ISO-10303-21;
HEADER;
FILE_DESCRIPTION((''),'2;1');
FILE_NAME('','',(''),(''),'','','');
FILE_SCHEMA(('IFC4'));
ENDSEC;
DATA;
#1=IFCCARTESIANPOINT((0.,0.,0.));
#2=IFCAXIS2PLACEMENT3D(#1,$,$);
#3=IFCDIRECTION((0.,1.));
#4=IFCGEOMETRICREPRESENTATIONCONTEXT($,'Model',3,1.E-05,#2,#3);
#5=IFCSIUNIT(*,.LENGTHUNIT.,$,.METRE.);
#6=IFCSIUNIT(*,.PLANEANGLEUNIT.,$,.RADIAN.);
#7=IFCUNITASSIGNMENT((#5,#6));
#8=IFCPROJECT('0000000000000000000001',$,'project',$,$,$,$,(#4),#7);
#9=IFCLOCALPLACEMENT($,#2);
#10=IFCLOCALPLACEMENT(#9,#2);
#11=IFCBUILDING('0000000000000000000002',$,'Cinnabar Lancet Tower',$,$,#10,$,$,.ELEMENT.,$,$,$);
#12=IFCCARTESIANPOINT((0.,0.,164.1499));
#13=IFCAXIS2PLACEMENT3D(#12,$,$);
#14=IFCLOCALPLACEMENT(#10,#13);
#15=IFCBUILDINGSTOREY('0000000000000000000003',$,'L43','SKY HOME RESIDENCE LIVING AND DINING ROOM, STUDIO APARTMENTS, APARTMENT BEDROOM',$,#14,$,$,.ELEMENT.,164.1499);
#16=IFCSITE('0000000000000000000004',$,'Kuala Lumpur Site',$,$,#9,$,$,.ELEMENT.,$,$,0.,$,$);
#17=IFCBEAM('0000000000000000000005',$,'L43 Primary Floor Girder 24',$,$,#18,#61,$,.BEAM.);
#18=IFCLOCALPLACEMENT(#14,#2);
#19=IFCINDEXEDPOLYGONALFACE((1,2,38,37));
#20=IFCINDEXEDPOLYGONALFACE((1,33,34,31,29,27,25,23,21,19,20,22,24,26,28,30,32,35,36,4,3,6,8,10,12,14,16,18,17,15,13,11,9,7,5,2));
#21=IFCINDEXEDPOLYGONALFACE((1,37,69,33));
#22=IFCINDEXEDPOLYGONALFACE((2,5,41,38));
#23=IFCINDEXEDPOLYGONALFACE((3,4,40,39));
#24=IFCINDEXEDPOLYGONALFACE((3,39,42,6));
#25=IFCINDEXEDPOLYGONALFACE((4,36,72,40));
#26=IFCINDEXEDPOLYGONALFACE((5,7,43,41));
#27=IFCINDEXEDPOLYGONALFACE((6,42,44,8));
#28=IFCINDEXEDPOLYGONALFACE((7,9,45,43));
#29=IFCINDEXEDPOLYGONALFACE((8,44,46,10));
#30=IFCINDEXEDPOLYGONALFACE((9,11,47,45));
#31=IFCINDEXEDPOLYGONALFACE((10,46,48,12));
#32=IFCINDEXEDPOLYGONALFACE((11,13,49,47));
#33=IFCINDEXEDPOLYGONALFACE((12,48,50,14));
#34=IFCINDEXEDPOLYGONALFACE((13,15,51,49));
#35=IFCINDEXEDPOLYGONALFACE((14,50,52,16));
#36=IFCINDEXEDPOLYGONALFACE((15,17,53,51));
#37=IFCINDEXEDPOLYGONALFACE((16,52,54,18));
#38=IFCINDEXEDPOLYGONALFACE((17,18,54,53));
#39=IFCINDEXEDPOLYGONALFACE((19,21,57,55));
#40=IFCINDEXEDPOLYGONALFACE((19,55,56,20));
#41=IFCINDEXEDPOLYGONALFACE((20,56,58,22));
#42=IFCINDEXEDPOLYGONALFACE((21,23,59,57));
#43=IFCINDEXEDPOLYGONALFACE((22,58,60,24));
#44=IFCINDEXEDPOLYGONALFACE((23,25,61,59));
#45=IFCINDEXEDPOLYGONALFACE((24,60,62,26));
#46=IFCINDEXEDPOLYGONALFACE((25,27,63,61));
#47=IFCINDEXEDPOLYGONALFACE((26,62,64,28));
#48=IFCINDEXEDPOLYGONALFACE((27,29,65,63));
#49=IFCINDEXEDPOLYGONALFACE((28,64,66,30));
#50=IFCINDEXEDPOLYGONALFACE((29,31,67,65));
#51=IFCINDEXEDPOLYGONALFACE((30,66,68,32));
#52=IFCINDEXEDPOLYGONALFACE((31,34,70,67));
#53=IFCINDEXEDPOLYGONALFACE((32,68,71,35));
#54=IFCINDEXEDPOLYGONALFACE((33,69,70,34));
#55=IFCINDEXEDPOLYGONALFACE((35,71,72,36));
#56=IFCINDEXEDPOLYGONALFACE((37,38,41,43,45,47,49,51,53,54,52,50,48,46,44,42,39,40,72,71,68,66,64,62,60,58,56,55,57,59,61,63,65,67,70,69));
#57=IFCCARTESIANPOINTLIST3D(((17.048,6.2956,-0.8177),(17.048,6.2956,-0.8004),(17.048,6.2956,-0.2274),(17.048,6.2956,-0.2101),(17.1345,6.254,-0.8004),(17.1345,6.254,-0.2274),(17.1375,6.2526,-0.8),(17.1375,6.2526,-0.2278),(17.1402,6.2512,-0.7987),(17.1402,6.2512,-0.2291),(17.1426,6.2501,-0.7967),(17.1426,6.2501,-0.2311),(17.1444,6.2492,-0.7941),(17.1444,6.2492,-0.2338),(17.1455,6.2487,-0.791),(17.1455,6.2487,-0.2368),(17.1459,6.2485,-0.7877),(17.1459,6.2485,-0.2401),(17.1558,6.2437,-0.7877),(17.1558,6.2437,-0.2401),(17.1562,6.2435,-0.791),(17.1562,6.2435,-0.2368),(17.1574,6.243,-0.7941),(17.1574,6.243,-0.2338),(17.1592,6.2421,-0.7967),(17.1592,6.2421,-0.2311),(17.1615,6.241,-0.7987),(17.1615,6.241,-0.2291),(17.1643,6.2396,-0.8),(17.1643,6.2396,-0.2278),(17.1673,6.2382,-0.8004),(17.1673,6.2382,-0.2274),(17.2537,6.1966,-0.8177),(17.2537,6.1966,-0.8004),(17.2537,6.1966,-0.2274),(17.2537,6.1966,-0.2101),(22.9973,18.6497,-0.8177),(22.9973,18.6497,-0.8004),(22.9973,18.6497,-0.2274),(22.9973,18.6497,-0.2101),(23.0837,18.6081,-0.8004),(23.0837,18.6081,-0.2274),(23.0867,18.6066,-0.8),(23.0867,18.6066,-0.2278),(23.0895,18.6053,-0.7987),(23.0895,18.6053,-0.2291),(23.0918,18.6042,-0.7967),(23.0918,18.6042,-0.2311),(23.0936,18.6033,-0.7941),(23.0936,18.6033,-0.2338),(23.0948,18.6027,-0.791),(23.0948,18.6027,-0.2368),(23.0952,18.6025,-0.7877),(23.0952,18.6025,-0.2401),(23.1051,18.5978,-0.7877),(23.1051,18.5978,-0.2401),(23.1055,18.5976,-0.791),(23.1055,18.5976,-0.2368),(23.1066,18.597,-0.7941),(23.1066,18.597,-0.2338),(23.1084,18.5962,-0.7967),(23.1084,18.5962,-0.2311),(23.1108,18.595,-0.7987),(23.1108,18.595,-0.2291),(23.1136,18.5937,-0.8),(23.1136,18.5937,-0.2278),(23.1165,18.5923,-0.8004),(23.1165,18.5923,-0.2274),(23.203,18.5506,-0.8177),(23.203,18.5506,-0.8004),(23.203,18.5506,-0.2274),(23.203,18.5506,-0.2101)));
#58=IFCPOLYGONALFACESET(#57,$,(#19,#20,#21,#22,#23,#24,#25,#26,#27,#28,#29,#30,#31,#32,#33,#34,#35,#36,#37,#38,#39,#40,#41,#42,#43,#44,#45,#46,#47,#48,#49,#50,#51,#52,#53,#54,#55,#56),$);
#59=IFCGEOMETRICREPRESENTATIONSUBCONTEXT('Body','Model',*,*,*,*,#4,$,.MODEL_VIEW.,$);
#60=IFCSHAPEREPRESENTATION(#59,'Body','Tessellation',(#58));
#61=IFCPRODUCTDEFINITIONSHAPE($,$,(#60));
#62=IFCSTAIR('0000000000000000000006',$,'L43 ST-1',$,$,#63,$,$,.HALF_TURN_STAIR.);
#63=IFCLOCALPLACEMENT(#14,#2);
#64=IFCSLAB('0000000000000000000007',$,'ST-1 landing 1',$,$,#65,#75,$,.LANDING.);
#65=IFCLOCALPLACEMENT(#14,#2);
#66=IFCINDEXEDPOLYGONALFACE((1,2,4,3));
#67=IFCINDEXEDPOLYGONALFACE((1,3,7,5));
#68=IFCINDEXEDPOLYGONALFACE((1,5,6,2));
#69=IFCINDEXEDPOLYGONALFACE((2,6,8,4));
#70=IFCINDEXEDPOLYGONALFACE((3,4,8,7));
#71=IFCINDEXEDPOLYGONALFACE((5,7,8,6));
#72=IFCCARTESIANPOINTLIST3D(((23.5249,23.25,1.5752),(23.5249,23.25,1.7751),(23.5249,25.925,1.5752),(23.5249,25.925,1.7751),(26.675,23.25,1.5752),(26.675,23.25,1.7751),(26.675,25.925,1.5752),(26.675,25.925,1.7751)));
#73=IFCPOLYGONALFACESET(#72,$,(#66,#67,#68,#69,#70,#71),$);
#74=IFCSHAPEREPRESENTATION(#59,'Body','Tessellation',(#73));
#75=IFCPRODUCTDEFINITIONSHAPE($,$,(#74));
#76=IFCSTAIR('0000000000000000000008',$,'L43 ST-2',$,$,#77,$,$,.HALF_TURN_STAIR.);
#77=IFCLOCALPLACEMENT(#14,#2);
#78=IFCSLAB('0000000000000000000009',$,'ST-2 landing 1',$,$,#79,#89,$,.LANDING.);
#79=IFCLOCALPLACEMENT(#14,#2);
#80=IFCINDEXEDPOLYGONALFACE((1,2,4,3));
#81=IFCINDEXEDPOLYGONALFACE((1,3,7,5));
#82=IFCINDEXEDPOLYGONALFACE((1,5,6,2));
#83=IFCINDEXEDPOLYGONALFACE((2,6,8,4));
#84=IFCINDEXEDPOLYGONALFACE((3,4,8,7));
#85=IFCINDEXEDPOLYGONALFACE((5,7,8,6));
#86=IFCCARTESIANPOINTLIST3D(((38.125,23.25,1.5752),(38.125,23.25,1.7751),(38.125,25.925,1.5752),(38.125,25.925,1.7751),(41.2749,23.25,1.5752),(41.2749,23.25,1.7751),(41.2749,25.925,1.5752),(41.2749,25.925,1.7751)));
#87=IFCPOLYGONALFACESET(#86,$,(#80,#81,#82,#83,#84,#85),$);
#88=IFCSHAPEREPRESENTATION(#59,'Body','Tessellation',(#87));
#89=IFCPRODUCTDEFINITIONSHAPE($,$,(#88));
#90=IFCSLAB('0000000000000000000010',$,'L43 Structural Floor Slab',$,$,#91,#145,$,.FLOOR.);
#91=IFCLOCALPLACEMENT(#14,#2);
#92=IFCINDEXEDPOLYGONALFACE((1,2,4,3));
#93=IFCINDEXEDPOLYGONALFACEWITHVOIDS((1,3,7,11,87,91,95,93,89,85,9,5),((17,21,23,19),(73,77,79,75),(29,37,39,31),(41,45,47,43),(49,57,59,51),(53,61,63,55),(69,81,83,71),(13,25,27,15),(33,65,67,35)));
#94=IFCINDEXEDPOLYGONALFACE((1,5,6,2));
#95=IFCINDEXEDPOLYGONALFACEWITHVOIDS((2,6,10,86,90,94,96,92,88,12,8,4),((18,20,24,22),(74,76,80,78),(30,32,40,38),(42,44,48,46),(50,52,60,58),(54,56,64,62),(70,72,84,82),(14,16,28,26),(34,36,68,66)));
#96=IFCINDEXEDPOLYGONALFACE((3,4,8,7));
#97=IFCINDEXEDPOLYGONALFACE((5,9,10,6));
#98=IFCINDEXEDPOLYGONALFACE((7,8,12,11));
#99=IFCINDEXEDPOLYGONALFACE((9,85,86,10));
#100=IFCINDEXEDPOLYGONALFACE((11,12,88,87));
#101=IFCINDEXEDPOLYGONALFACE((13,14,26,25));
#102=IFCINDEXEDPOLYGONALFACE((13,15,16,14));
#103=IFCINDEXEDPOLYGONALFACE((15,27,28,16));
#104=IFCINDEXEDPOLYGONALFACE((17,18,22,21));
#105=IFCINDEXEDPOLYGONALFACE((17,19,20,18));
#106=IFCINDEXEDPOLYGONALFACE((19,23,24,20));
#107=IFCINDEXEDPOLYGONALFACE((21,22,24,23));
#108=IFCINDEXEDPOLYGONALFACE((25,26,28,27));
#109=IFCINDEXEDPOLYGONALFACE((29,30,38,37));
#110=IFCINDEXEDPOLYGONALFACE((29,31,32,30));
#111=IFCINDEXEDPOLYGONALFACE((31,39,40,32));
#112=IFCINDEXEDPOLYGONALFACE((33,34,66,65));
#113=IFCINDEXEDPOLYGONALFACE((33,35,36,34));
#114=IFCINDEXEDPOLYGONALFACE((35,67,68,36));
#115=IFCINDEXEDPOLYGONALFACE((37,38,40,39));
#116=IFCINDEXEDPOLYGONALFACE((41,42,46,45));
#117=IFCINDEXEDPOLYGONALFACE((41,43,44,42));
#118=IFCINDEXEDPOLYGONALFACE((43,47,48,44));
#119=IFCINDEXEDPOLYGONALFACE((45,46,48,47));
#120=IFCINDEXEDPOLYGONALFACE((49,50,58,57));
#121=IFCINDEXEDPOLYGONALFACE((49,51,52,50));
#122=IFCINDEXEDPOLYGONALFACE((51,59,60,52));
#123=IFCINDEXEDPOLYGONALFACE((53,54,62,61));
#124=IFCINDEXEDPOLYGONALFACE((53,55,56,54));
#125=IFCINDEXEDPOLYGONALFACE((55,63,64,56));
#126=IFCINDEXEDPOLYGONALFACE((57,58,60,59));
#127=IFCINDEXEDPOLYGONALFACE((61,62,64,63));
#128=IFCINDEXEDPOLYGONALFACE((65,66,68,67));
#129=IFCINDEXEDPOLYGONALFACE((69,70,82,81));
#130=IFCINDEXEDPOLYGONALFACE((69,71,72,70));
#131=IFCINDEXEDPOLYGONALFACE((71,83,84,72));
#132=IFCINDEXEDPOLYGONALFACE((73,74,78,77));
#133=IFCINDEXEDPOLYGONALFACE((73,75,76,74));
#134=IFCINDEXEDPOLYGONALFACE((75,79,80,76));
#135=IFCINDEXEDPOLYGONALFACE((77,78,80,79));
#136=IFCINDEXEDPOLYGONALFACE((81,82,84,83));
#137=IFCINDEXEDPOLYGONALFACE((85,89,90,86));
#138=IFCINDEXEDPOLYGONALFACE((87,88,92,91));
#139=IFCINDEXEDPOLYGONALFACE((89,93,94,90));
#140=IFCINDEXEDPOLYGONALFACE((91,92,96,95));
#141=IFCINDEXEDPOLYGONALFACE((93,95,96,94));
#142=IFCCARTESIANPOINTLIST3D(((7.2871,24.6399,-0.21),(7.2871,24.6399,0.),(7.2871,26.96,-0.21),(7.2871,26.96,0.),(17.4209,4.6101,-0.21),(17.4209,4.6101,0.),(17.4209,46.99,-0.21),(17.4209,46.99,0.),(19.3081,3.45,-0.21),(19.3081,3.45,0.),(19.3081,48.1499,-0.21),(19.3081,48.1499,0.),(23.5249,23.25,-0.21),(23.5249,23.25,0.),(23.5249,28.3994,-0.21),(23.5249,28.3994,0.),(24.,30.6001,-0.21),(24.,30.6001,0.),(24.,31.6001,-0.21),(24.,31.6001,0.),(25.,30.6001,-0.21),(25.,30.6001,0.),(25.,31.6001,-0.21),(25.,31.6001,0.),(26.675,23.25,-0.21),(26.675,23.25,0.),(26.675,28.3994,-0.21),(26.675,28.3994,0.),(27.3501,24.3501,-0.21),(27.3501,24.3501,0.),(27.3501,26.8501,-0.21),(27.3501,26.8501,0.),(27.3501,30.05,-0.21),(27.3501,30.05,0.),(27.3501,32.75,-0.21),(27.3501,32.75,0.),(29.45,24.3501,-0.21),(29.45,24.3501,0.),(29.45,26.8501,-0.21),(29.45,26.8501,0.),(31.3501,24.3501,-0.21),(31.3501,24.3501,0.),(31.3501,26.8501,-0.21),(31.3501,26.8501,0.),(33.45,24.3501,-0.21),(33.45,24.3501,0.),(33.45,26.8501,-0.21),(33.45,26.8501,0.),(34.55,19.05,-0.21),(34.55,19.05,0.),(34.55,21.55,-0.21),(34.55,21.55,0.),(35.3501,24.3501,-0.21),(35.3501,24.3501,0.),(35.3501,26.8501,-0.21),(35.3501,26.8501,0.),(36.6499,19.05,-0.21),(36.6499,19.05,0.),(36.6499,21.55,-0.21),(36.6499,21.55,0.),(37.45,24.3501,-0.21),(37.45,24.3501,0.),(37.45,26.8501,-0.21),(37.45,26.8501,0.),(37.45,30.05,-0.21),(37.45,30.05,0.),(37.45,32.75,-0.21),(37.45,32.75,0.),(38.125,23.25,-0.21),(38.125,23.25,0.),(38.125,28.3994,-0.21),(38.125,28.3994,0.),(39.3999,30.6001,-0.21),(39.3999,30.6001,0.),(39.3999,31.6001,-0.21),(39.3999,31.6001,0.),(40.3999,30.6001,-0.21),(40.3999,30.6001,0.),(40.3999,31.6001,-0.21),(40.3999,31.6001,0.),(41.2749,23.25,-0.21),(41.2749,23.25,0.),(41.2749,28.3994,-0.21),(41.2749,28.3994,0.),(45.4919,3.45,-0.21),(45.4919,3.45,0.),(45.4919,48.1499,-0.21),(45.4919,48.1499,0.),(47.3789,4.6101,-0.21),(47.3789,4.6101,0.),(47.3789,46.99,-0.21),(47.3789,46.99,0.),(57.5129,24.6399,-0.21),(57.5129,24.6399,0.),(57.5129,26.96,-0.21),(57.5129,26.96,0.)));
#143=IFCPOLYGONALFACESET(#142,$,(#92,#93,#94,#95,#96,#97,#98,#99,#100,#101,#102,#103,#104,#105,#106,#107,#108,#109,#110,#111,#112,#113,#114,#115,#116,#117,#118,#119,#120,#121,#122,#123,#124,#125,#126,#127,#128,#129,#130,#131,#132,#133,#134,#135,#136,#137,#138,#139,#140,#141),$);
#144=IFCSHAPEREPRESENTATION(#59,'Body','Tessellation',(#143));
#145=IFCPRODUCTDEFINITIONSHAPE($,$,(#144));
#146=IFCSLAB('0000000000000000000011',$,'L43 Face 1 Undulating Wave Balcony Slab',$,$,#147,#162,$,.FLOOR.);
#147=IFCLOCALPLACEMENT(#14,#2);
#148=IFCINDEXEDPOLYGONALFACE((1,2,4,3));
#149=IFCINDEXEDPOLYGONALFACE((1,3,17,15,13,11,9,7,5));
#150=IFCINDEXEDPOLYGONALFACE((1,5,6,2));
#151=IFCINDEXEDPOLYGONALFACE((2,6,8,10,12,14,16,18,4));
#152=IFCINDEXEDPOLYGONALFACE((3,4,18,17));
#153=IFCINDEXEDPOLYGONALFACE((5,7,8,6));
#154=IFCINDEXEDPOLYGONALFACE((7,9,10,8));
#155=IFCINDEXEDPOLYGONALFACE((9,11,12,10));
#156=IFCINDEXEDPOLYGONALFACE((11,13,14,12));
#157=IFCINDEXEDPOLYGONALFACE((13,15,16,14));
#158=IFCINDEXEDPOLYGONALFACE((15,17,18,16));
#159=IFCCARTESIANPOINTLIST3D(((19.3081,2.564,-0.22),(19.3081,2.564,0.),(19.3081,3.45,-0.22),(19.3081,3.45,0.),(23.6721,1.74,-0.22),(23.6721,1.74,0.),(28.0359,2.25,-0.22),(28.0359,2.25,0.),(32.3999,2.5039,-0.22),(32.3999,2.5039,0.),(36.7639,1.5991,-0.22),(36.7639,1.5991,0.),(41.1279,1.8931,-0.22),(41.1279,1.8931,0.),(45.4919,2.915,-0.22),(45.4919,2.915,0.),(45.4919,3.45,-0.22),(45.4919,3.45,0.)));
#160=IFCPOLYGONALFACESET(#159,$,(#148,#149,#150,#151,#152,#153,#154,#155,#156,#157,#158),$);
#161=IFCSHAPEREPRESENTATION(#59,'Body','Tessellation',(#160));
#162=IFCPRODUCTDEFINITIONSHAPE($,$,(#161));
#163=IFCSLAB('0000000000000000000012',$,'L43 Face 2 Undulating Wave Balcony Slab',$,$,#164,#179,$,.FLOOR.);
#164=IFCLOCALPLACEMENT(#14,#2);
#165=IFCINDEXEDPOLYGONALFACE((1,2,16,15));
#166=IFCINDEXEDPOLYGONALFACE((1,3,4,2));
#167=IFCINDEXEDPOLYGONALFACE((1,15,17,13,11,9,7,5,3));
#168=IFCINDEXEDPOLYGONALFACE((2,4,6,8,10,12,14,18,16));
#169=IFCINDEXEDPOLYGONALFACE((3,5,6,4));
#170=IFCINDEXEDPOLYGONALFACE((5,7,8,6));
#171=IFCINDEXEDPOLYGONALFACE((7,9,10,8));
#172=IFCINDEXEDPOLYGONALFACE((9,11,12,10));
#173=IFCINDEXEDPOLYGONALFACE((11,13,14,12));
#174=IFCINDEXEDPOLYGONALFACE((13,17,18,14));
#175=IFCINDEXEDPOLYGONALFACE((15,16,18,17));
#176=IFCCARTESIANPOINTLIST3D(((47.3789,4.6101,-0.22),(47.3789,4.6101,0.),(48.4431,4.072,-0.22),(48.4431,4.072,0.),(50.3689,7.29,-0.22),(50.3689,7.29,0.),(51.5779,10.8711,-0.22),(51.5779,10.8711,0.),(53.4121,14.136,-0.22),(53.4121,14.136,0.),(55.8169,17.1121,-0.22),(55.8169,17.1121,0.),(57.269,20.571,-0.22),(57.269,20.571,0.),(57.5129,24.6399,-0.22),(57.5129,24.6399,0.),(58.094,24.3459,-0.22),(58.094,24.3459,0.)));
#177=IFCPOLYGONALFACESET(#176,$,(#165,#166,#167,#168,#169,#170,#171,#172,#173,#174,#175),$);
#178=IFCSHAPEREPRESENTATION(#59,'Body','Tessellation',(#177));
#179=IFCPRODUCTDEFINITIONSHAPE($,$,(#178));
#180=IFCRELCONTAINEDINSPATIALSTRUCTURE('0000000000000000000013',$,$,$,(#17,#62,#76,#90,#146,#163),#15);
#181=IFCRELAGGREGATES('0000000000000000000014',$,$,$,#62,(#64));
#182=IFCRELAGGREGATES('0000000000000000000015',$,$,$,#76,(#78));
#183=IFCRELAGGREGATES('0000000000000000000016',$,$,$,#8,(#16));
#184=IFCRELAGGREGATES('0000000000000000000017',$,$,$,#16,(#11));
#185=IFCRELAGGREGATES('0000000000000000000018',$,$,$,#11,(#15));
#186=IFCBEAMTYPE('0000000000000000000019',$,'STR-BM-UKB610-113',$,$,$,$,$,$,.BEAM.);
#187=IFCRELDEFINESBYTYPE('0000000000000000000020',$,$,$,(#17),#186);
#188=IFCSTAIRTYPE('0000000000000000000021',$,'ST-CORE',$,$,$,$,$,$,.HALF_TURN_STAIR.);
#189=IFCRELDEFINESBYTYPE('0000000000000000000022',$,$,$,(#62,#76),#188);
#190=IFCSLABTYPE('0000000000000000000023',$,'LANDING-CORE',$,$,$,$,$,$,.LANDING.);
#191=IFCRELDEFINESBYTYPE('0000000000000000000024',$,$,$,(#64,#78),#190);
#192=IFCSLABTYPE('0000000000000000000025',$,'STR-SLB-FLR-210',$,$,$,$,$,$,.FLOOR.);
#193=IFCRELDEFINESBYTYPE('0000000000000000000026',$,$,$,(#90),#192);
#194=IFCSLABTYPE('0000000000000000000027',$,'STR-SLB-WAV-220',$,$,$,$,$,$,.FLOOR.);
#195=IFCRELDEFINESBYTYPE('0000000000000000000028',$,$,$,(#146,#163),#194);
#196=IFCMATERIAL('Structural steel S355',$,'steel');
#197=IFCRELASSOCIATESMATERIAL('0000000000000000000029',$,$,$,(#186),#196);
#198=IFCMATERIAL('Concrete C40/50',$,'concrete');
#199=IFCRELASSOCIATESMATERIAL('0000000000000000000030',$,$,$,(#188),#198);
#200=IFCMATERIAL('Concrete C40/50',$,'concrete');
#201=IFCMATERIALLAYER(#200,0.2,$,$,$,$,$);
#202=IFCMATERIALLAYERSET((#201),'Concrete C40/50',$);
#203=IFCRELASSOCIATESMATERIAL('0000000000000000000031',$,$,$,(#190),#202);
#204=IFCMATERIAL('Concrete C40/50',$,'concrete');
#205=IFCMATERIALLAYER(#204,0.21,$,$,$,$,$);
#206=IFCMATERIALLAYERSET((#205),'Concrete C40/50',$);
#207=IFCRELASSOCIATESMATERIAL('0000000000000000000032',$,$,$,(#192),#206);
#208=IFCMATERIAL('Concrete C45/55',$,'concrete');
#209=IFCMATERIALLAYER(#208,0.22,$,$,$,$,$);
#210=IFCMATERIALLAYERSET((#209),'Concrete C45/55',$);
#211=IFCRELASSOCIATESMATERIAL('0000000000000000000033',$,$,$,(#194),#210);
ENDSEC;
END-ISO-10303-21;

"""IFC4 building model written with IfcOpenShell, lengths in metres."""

from ifc_helpers import new_model, si_unit, direction, frame, origin, origin_2d, place, context, subcontext, project, spatial, polyline, i_section, outline, extrude, material, layer, layer_set, material_profile, profile_set, type_object, element, aggregate, save


model = new_model("IFC4")

# Units and contexts
model_context = context("Model", 3, precision=1e-05, world=origin(), true_north=direction((0.0, 1.0)))
body_context = subcontext(model_context, "Body", "Model", "MODEL_VIEW")
ifc_project = project(units=[si_unit("LENGTHUNIT", "METRE"), si_unit("PLANEANGLEUNIT", "RADIAN")], contexts=[model_context])

# Site, building, storey
site_placement = place(None, origin())
site = spatial("IfcSite", under=ifc_project, at=site_placement, Name="Kuala Lumpur Site", CompositionType="ELEMENT", RefElevation=0.0)
building_placement = place(site_placement, origin())
building = spatial("IfcBuilding", under=site, at=building_placement, Name="Cinnabar Lancet Tower", CompositionType="ELEMENT")
storey_placement = place(building_placement, frame((0.0, 0.0, 164.1499)))
storey = spatial("IfcBuildingStorey", under=building, at=storey_placement, Name="L43", Description="SKY HOME RESIDENCE LIVING AND DINING ROOM, STUDIO APARTMENTS, APARTMENT BEDROOM", CompositionType="ELEMENT", Elevation=164.1499)

# Beam
ifc_material_1 = material(Name="Structural steel S355", Category="steel")
ifc_material_profile_1 = material_profile(ifc_material_1, i_section(OverallWidth=0.2283, OverallDepth=0.6077, WebThickness=0.011, FlangeThickness=0.0173, FilletRadius=0.0127, at=origin_2d()), Name="UKB 610x229x113")
ifc_profile_set_1 = profile_set([ifc_material_profile_1], Name="Structural steel S355")
beam_type_1 = type_object("IfcBeamType", Name="STR-BM-UKB610-113", PredefinedType="BEAM", material=ifc_profile_set_1)
beam_1_placement = place(storey_placement, frame((17.1509, 6.2461, -0.5139), z_axis=(0.433875, 0.900973, 0.0), x_axis=(-0.900973, 0.433875, 0.0)))
element("IfcBeam", 1, at=beam_1_placement, inside=storey, type_object=beam_type_1, Name="L43 Primary Floor Girder 24", PredefinedType="BEAM", context=body_context, shape_type="SweptSolid", body=[
    extrude(i_section(OverallWidth=0.2283, OverallDepth=0.6077, WebThickness=0.011, FlangeThickness=0.0173, FilletRadius=0.0127, at=origin_2d()), origin(), (0.0, 0.0, 1.0), 13.7119),
])

# Stairs, slabs
ifc_material_2 = material(Name="Concrete C40/50", Category="concrete")
stair_type = type_object("IfcStairType", Name="ST-CORE", PredefinedType="HALF_TURN_STAIR", material=ifc_material_2)
stair_1_placement = place(storey_placement, origin())
stair_1 = element("IfcStair", 2, at=stair_1_placement, inside=storey, type_object=stair_type, Name="L43 ST-1", PredefinedType="HALF_TURN_STAIR")
ifc_material_3 = material(Name="Concrete C40/50", Category="concrete")
ifc_layer_1 = layer(ifc_material_3, 0.2)
ifc_layer_set_1 = layer_set([ifc_layer_1], Name="Concrete C40/50")
slab_type_1 = type_object("IfcSlabType", Name="LANDING-CORE", PredefinedType="LANDING", material=ifc_layer_set_1)
slab_1_placement = place(storey_placement, frame((0.0, 0.0, 1.5752)))
slab_1 = element("IfcSlab", 3, at=slab_1_placement, type_object=slab_type_1, Name="ST-1 landing 1", PredefinedType="LANDING", context=body_context, shape_type="SweptSolid", body=[
    extrude(outline(polyline([(23.5249, 25.925), (23.5249, 23.25), (26.675, 23.25), (26.675, 25.925), (23.5249, 25.925)])), origin(), (0.0, 0.0, 1.0), 0.2),
])
aggregate(stair_1, [slab_1])
stair_2_placement = place(storey_placement, origin())
stair_2 = element("IfcStair", 4, at=stair_2_placement, inside=storey, type_object=stair_type, Name="L43 ST-2", PredefinedType="HALF_TURN_STAIR")
slab_2_placement = place(storey_placement, frame((0.0, 0.0, 1.5752)))
slab_2 = element("IfcSlab", 5, at=slab_2_placement, type_object=slab_type_1, Name="ST-2 landing 1", PredefinedType="LANDING", context=body_context, shape_type="SweptSolid", body=[
    extrude(outline(polyline([(38.125, 25.925), (38.125, 23.25), (41.2749, 23.25), (41.2749, 25.925), (38.125, 25.925)])), origin(), (0.0, 0.0, 1.0), 0.2),
])
aggregate(stair_2, [slab_2])

# Slabs
ifc_material_4 = material(Name="Concrete C40/50", Category="concrete")
ifc_layer_2 = layer(ifc_material_4, 0.21)
ifc_layer_set_2 = layer_set([ifc_layer_2], Name="Concrete C40/50")
slab_type_2 = type_object("IfcSlabType", Name="STR-SLB-FLR-210", PredefinedType="FLOOR", material=ifc_layer_set_2)
slab_3_placement = place(storey_placement, frame((0.0, 0.0, -0.21)))
element("IfcSlab", 6, at=slab_3_placement, inside=storey, type_object=slab_type_2, Name="L43 Structural Floor Slab", PredefinedType="FLOOR", context=body_context, shape_type="SweptSolid", body=[
    extrude(outline(polyline([(17.4209, 4.6101), (19.3081, 3.45), (45.4919, 3.45), (47.3789, 4.6101), (57.5129, 24.6399), (57.5129, 26.96), (47.3789, 46.99), (45.4919, 48.1499), (19.3081, 48.1499), (17.4209, 46.99), (7.2871, 26.96), (7.2871, 24.6399), (17.4209, 4.6101)]), holes=[polyline([(23.5249, 23.25), (26.675, 23.25), (26.675, 28.3994), (23.5249, 28.3994), (23.5249, 23.25)]), polyline([(38.125, 23.25), (41.2749, 23.25), (41.2749, 28.3994), (38.125, 28.3994), (38.125, 23.25)]), polyline([(27.3501, 30.05), (37.45, 30.05), (37.45, 32.75), (27.3501, 32.75), (27.3501, 30.05)]), polyline([(34.55, 19.05), (36.6499, 19.05), (36.6499, 21.55), (34.55, 21.55), (34.55, 19.05)]), polyline([(27.3501, 24.3501), (29.45, 24.3501), (29.45, 26.8501), (27.3501, 26.8501), (27.3501, 24.3501)]), polyline([(35.3501, 24.3501), (37.45, 24.3501), (37.45, 26.8501), (35.3501, 26.8501), (35.3501, 24.3501)]), polyline([(31.3501, 24.3501), (33.45, 24.3501), (33.45, 26.8501), (31.3501, 26.8501), (31.3501, 24.3501)]), polyline([(24.0, 30.6001), (25.0, 30.6001), (25.0, 31.6001), (24.0, 31.6001), (24.0, 30.6001)]), polyline([(39.3999, 30.6001), (40.3999, 30.6001), (40.3999, 31.6001), (39.3999, 31.6001), (39.3999, 30.6001)])]), origin(), (0.0, 0.0, 1.0), 0.21),
])
ifc_material_5 = material(Name="Concrete C45/55", Category="concrete")
ifc_layer_3 = layer(ifc_material_5, 0.22)
ifc_layer_set_3 = layer_set([ifc_layer_3], Name="Concrete C45/55")
slab_type_3 = type_object("IfcSlabType", Name="STR-SLB-WAV-220", PredefinedType="FLOOR", material=ifc_layer_set_3)
slab_4_placement = place(storey_placement, frame((0.0, 0.0, -0.22)))
element("IfcSlab", 7, at=slab_4_placement, inside=storey, type_object=slab_type_3, Name="L43 Face 1 Undulating Wave Balcony Slab", PredefinedType="FLOOR", context=body_context, shape_type="SweptSolid", body=[
    extrude(outline(polyline([(19.3081, 3.45), (19.3081, 2.564), (23.6721, 1.74), (28.0359, 2.25), (32.3999, 2.5039), (36.7639, 1.5991), (41.1279, 1.8931), (45.4919, 2.915), (45.4919, 3.45), (19.3081, 3.45)])), origin(), (0.0, 0.0, 1.0), 0.22),
])
slab_5_placement = place(storey_placement, frame((0.0, 0.0, -0.22)))
element("IfcSlab", 8, at=slab_5_placement, inside=storey, type_object=slab_type_3, Name="L43 Face 2 Undulating Wave Balcony Slab", PredefinedType="FLOOR", context=body_context, shape_type="SweptSolid", body=[
    extrude(outline(polyline([(47.3789, 4.6101), (48.4431, 4.072), (50.3689, 7.29), (51.5779, 10.8711), (53.4121, 14.136), (55.8169, 17.1121), (57.269, 20.571), (58.094, 24.3459), (57.5129, 24.6399), (47.3789, 4.6101)])), origin(), (0.0, 0.0, 1.0), 0.22),
])

save(model, "model.ifc")
